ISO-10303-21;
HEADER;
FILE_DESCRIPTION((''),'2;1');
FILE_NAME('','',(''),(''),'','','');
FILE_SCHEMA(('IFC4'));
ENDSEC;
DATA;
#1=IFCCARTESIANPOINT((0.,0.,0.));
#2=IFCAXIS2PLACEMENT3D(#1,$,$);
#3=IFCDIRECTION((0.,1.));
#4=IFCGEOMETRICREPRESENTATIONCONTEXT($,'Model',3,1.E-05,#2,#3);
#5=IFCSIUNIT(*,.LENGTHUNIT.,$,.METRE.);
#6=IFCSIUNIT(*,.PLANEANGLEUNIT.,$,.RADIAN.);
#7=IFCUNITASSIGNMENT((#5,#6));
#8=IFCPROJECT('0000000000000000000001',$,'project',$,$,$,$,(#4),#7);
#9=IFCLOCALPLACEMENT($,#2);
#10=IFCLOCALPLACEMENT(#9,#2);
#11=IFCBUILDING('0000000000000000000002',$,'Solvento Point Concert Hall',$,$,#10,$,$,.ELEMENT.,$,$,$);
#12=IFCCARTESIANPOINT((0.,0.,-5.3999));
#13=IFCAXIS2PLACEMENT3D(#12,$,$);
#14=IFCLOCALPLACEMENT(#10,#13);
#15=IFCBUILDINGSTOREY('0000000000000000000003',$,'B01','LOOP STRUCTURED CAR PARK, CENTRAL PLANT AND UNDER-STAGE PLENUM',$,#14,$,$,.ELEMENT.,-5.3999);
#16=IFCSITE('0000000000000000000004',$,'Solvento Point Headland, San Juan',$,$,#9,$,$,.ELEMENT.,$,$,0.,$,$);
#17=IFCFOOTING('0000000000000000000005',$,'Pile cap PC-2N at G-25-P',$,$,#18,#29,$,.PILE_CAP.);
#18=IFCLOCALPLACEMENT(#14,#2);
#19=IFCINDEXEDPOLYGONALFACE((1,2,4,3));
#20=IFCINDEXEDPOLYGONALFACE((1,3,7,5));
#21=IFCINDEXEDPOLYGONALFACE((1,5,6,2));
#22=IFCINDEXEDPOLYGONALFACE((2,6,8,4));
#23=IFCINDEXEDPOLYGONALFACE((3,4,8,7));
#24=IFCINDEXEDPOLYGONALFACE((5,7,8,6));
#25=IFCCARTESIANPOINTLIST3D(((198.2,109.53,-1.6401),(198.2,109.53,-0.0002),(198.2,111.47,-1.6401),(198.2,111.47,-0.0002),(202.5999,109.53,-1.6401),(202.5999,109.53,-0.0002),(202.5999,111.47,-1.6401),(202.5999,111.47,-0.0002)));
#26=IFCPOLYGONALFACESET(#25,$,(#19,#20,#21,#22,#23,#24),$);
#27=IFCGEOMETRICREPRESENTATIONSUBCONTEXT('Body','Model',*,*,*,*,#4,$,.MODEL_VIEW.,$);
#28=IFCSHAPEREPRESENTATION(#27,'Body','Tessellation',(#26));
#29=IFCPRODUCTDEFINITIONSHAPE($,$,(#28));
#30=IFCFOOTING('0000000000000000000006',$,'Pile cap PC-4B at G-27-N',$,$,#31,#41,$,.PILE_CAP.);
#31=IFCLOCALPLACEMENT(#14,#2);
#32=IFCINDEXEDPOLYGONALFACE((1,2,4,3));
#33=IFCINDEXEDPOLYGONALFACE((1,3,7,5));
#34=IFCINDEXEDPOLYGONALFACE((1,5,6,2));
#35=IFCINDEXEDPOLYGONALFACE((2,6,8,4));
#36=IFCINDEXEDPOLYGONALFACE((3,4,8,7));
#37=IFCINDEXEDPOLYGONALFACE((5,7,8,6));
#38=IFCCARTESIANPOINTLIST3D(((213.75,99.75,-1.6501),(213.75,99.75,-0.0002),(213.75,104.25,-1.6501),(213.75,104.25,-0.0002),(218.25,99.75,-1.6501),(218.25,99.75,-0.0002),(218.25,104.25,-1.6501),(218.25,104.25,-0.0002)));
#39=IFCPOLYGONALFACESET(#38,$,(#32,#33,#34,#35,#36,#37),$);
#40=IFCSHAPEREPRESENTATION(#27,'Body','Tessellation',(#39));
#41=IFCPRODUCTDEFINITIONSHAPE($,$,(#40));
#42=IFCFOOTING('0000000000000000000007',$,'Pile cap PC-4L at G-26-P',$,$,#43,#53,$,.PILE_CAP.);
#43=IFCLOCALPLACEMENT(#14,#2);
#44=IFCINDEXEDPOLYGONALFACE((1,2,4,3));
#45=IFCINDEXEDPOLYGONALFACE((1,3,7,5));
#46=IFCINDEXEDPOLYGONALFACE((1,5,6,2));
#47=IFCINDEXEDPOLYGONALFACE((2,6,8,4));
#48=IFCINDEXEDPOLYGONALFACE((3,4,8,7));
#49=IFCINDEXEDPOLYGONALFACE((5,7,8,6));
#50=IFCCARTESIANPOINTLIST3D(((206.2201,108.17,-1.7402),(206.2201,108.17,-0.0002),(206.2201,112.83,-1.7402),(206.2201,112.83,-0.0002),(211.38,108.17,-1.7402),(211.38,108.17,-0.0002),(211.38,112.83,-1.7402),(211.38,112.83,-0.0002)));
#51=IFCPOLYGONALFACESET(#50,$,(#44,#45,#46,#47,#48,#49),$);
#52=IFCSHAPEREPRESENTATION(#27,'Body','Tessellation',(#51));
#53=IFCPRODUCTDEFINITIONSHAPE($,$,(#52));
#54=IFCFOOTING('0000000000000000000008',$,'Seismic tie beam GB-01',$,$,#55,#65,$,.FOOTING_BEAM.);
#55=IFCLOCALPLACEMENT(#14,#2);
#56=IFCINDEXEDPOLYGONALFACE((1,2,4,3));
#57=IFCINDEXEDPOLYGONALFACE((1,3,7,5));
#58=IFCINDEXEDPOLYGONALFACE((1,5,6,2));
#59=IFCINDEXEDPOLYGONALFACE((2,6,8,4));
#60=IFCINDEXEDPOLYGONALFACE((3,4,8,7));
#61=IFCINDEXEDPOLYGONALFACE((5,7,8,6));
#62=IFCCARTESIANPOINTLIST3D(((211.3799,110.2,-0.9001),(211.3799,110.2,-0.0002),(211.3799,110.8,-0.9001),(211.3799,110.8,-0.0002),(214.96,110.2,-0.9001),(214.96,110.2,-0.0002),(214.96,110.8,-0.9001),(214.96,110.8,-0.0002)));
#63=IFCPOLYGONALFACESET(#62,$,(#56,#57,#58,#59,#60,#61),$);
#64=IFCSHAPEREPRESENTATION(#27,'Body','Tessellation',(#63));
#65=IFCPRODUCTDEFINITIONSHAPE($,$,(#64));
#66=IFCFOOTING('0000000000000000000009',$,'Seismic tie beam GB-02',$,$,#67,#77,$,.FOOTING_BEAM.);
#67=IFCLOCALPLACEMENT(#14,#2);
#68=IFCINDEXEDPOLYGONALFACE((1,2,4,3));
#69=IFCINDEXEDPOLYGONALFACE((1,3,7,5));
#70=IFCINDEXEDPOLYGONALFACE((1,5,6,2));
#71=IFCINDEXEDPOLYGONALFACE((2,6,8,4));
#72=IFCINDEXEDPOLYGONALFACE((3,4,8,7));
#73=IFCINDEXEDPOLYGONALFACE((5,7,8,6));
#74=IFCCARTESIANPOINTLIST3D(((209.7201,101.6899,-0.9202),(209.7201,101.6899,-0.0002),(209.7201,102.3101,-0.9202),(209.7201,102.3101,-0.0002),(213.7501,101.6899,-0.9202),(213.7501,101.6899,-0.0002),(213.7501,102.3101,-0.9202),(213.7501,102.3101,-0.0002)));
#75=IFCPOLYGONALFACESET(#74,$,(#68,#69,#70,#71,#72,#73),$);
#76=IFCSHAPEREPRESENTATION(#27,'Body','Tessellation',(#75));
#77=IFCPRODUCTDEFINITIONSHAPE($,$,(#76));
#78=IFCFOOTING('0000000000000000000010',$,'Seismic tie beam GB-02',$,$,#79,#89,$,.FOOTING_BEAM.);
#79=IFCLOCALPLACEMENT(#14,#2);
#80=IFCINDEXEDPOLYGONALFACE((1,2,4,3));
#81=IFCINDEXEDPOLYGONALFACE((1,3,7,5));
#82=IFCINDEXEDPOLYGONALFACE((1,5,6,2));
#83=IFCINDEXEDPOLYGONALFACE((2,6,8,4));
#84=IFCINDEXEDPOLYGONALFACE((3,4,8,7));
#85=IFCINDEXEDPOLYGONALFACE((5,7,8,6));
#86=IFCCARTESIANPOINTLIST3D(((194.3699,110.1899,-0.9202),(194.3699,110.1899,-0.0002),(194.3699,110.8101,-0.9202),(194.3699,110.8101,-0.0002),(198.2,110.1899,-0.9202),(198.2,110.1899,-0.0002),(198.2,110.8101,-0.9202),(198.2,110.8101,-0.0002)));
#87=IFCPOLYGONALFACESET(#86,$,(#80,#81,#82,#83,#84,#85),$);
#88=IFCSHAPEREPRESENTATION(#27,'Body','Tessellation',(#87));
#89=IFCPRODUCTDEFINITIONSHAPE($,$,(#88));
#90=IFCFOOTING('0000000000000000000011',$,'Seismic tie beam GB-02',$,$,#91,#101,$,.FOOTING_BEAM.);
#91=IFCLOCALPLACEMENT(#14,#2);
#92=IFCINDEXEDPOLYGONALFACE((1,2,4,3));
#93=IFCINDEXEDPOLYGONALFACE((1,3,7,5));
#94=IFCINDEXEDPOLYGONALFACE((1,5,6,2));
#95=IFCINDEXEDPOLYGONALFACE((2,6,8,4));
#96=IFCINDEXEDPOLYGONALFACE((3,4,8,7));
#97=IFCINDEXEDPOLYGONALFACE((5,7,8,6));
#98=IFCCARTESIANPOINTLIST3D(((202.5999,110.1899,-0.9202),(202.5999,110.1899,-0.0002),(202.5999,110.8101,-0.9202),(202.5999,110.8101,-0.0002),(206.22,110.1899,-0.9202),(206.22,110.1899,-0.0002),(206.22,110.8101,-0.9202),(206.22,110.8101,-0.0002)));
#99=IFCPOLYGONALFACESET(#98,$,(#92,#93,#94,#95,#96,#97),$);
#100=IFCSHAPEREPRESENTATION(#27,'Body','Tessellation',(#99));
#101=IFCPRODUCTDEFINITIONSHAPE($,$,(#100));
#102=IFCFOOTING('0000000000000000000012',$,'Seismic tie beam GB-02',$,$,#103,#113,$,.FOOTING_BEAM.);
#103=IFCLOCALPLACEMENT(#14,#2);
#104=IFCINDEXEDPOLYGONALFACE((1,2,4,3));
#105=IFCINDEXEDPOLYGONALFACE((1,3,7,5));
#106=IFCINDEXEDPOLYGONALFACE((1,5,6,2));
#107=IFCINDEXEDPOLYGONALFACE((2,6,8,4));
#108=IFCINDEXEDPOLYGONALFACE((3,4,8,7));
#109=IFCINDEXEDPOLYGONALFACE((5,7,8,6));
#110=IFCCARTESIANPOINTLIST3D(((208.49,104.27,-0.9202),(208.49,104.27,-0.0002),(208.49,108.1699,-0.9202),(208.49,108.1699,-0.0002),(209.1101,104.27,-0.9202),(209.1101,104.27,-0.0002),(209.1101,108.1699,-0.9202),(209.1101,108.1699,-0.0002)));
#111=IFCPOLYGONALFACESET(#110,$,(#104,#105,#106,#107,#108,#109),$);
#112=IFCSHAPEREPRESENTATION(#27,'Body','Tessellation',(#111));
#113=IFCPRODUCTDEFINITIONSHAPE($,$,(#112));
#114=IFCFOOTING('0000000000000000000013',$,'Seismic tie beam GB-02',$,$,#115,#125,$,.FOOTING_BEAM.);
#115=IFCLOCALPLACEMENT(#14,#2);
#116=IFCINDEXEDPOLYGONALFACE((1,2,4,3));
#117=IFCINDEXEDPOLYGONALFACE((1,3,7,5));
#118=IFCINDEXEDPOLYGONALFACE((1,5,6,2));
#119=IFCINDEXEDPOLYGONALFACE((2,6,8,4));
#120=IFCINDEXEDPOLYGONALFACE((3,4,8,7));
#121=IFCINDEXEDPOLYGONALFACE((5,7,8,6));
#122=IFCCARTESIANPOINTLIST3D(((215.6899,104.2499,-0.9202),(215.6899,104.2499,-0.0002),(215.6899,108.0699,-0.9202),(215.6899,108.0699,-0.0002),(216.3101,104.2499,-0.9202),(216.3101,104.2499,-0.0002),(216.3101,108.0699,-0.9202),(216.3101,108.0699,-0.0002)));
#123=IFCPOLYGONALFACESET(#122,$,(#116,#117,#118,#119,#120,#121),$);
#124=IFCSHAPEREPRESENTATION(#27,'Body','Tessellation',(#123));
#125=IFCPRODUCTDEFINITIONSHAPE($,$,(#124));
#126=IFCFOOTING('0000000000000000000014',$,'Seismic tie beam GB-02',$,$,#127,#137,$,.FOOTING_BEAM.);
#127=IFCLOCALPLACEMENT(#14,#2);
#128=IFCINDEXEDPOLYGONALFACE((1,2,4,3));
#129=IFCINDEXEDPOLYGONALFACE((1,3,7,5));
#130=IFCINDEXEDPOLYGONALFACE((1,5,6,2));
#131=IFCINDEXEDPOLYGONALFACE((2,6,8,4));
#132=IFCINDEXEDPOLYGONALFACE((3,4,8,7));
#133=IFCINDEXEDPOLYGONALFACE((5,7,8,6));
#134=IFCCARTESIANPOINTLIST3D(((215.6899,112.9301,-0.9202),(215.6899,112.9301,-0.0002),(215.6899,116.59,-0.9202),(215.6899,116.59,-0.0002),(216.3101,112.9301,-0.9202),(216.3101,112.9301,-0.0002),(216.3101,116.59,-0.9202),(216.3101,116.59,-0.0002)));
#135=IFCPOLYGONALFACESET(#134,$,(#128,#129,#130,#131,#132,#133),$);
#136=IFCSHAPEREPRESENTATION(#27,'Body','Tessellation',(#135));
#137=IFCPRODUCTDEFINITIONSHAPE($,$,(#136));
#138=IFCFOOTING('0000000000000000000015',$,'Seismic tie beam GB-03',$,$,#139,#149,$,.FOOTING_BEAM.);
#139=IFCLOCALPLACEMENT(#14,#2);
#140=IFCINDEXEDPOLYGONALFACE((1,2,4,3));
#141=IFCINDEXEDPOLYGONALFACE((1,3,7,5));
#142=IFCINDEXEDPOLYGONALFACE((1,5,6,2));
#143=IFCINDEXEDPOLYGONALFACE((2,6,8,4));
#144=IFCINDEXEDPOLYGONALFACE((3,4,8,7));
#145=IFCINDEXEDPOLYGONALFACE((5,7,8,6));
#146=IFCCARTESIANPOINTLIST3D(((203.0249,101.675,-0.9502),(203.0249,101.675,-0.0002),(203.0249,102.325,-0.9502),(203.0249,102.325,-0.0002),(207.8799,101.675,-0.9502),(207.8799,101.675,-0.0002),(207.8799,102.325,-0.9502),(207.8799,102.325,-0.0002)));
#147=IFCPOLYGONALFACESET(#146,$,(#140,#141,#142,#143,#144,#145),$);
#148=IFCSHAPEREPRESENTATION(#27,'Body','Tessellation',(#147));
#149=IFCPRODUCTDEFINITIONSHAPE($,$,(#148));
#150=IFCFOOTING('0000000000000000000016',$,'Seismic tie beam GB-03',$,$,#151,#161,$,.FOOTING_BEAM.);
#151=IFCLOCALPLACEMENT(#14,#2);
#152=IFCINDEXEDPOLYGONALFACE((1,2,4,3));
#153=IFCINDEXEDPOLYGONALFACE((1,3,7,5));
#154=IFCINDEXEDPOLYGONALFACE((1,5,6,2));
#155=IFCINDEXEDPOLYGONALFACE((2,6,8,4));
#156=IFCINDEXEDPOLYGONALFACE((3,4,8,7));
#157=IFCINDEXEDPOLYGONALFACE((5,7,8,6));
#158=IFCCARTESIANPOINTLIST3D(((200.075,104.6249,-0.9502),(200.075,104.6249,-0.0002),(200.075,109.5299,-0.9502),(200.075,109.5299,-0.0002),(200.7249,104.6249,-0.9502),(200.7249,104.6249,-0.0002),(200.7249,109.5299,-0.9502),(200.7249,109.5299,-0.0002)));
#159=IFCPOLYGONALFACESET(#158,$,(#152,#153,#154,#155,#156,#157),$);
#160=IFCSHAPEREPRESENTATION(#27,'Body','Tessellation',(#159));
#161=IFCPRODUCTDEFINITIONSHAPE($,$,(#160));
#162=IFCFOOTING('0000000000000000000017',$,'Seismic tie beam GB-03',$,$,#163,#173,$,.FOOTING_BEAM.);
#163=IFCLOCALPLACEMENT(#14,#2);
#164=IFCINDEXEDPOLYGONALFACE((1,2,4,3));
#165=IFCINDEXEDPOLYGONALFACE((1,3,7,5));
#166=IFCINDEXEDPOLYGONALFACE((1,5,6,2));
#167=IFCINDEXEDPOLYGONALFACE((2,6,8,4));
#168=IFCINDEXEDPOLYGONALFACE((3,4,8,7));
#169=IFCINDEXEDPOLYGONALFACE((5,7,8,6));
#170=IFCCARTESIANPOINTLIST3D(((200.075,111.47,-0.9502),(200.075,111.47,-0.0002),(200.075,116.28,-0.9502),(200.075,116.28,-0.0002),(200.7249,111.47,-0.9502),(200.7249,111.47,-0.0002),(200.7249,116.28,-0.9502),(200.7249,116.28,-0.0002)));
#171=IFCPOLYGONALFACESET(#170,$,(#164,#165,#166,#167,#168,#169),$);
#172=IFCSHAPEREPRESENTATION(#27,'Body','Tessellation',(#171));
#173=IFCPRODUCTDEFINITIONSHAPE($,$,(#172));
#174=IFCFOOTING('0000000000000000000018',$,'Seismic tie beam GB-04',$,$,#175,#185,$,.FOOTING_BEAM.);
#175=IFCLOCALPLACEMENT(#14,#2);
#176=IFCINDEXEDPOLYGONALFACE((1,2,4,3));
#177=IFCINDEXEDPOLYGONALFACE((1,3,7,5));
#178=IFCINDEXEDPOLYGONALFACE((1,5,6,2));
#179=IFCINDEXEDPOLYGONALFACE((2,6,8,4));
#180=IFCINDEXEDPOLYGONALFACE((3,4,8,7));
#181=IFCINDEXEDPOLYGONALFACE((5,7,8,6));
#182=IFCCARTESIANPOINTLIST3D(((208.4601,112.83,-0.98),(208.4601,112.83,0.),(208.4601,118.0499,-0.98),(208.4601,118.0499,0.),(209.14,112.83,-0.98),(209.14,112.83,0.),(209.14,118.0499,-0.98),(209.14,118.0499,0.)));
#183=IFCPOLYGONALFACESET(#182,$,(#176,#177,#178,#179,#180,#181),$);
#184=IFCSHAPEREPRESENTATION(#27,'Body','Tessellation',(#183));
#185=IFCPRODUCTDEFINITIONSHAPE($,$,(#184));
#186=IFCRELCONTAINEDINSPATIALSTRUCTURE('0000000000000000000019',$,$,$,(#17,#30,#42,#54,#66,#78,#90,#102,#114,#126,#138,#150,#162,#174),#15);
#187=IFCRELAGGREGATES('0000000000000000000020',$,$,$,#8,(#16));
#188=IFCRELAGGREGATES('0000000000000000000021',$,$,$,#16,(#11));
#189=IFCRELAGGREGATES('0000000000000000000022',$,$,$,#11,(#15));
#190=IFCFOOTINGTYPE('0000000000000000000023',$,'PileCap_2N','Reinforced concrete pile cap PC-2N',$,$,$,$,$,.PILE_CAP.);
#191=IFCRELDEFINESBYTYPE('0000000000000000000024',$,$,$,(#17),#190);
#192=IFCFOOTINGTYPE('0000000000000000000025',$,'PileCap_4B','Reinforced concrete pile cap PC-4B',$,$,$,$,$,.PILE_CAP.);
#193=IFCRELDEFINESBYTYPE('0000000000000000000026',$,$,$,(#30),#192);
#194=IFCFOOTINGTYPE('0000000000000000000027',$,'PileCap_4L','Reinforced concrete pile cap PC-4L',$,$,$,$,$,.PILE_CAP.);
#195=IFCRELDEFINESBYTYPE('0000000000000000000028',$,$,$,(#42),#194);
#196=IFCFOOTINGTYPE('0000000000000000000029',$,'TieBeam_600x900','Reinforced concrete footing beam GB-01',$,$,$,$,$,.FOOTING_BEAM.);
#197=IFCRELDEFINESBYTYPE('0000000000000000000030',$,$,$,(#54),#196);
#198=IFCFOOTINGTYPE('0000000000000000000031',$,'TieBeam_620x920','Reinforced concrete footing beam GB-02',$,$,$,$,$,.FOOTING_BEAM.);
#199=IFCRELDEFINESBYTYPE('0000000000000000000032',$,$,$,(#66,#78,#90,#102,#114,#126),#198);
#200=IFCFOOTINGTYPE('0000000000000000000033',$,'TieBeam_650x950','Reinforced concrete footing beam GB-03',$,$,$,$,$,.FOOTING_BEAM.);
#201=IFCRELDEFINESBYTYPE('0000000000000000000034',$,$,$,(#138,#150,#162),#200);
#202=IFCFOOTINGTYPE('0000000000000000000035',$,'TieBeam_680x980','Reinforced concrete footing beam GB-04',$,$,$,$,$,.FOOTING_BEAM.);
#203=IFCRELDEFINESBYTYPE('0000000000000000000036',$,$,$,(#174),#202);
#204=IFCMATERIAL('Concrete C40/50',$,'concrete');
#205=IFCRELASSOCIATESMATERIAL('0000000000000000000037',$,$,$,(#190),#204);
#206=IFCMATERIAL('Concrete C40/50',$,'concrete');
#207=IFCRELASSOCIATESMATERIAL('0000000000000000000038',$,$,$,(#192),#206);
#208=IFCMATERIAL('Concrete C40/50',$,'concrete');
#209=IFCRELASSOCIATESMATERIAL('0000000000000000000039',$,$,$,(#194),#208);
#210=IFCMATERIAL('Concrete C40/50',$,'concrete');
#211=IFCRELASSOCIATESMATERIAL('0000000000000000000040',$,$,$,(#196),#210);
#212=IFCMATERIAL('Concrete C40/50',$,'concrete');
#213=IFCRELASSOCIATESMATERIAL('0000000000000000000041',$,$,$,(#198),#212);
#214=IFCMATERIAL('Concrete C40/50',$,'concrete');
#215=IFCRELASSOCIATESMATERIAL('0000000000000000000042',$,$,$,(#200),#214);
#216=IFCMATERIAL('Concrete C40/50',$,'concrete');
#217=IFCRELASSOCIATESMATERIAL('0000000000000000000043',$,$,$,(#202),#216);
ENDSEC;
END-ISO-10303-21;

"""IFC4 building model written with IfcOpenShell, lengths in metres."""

from ifc_helpers import new_model, si_unit, direction, frame, origin, origin_2d, place, context, subcontext, project, spatial, rectangle, extrude, material, type_object, element, save


model = new_model("IFC4")

# Units and contexts
model_context = context("Model", 3, precision=1e-05, world=origin(), true_north=direction((0.0, 1.0)))
body_context = subcontext(model_context, "Body", "Model", "MODEL_VIEW")
ifc_project = project(units=[si_unit("LENGTHUNIT", "METRE"), si_unit("PLANEANGLEUNIT", "RADIAN")], contexts=[model_context])

# Site, building, storey
site_placement = place(None, origin())
site = spatial("IfcSite", under=ifc_project, at=site_placement, Name="Solvento Point Headland, San Juan", CompositionType="ELEMENT", RefElevation=0.0)
building_placement = place(site_placement, origin())
building = spatial("IfcBuilding", under=site, at=building_placement, Name="Solvento Point Concert Hall", CompositionType="ELEMENT")
storey_placement = place(building_placement, frame((0.0, 0.0, -5.3999)))
storey = spatial("IfcBuildingStorey", under=building, at=storey_placement, Name="B01", Description="LOOP STRUCTURED CAR PARK, CENTRAL PLANT AND UNDER-STAGE PLENUM", CompositionType="ELEMENT", Elevation=-5.3999)

# Footings
ifc_material_1 = material(Name="Concrete C40/50", Category="concrete")
footing_type_1 = type_object("IfcFootingType", Name="PileCap_2N", Description="Reinforced concrete pile cap PC-2N", PredefinedType="PILE_CAP", material=ifc_material_1)
footing_1_placement = place(storey_placement, frame((200.3999, 110.5, -1.6401), z_axis=(0.0, 0.0, 1.0), x_axis=(1.0, 0.0, 0.0)))
element("IfcFooting", 1, at=footing_1_placement, inside=storey, type_object=footing_type_1, Name="Pile cap PC-2N at G-25-P", PredefinedType="PILE_CAP", context=body_context, shape_type="SweptSolid", body=[
    extrude(rectangle(XDim=4.3999, YDim=1.9399, at=origin_2d()), origin(), (0.0, 0.0, 1.0), 1.6399),
])
ifc_material_2 = material(Name="Concrete C40/50", Category="concrete")
footing_type_2 = type_object("IfcFootingType", Name="PileCap_4B", Description="Reinforced concrete pile cap PC-4B", PredefinedType="PILE_CAP", material=ifc_material_2)
footing_2_placement = place(storey_placement, frame((216.0, 102.0, -1.6501), z_axis=(0.0, 0.0, 1.0), x_axis=(1.0, 0.0, 0.0)))
element("IfcFooting", 2, at=footing_2_placement, inside=storey, type_object=footing_type_2, Name="Pile cap PC-4B at G-27-N", PredefinedType="PILE_CAP", context=body_context, shape_type="SweptSolid", body=[
    extrude(rectangle(XDim=4.5, YDim=4.5, at=origin_2d()), origin(), (0.0, 0.0, 1.0), 1.6499),
])
ifc_material_3 = material(Name="Concrete C40/50", Category="concrete")
footing_type_3 = type_object("IfcFootingType", Name="PileCap_4L", Description="Reinforced concrete pile cap PC-4L", PredefinedType="PILE_CAP", material=ifc_material_3)
footing_3_placement = place(storey_placement, frame((208.8, 110.5, -1.7402), z_axis=(0.0, 0.0, 1.0), x_axis=(1.0, 0.0, 0.0)))
element("IfcFooting", 3, at=footing_3_placement, inside=storey, type_object=footing_type_3, Name="Pile cap PC-4L at G-26-P", PredefinedType="PILE_CAP", context=body_context, shape_type="SweptSolid", body=[
    extrude(rectangle(XDim=5.1599, YDim=4.6599, at=origin_2d()), origin(), (0.0, 0.0, 1.0), 1.74),
])
ifc_material_4 = material(Name="Concrete C40/50", Category="concrete")
footing_type_4 = type_object("IfcFootingType", Name="TieBeam_600x900", Description="Reinforced concrete footing beam GB-01", PredefinedType="FOOTING_BEAM", material=ifc_material_4)
footing_4_placement = place(storey_placement, frame((213.1699, 110.5, -0.9001), z_axis=(0.0, 0.0, 1.0), x_axis=(1.0, 0.0, 0.0)))
element("IfcFooting", 4, at=footing_4_placement, inside=storey, type_object=footing_type_4, Name="Seismic tie beam GB-01", PredefinedType="FOOTING_BEAM", context=body_context, shape_type="SweptSolid", body=[
    extrude(rectangle(XDim=3.5801, YDim=0.6001, at=origin_2d()), origin(), (0.0, 0.0, 1.0), 0.8999),
])
ifc_material_5 = material(Name="Concrete C40/50", Category="concrete")
footing_type_5 = type_object("IfcFootingType", Name="TieBeam_620x920", Description="Reinforced concrete footing beam GB-02", PredefinedType="FOOTING_BEAM", material=ifc_material_5)
footing_5_placement = place(storey_placement, frame((211.7351, 102.0, -0.9202), z_axis=(0.0, 0.0, 1.0), x_axis=(1.0, 0.0, 0.0)))
element("IfcFooting", 5, at=footing_5_placement, inside=storey, type_object=footing_type_5, Name="Seismic tie beam GB-02", PredefinedType="FOOTING_BEAM", context=body_context, shape_type="SweptSolid", body=[
    extrude(rectangle(XDim=4.03, YDim=0.6201, at=origin_2d()), origin(), (0.0, 0.0, 1.0), 0.9199),
])
footing_6_placement = place(storey_placement, frame((196.2849, 110.5, -0.9202), z_axis=(0.0, 0.0, 1.0), x_axis=(1.0, 0.0, 0.0)))
element("IfcFooting", 6, at=footing_6_placement, inside=storey, type_object=footing_type_5, Name="Seismic tie beam GB-02", PredefinedType="FOOTING_BEAM", context=body_context, shape_type="SweptSolid", body=[
    extrude(rectangle(XDim=3.8301, YDim=0.6201, at=origin_2d()), origin(), (0.0, 0.0, 1.0), 0.9199),
])
footing_7_placement = place(storey_placement, frame((204.4099, 110.5, -0.9202), z_axis=(0.0, 0.0, 1.0), x_axis=(1.0, 0.0, 0.0)))
element("IfcFooting", 7, at=footing_7_placement, inside=storey, type_object=footing_type_5, Name="Seismic tie beam GB-02", PredefinedType="FOOTING_BEAM", context=body_context, shape_type="SweptSolid", body=[
    extrude(rectangle(XDim=3.6201, YDim=0.6201, at=origin_2d()), origin(), (0.0, 0.0, 1.0), 0.9199),
])
footing_8_placement = place(storey_placement, frame((208.8, 106.22, -0.9202), z_axis=(0.0, 0.0, 1.0), x_axis=(0.0, 1.0, 0.0)))
element("IfcFooting", 8, at=footing_8_placement, inside=storey, type_object=footing_type_5, Name="Seismic tie beam GB-02", PredefinedType="FOOTING_BEAM", context=body_context, shape_type="SweptSolid", body=[
    extrude(rectangle(XDim=3.8999, YDim=0.6201, at=origin_2d()), origin(), (0.0, 0.0, 1.0), 0.9199),
])
footing_9_placement = place(storey_placement, frame((216.0, 106.1599, -0.9202), z_axis=(0.0, 0.0, 1.0), x_axis=(0.0, 1.0, 0.0)))
element("IfcFooting", 9, at=footing_9_placement, inside=storey, type_object=footing_type_5, Name="Seismic tie beam GB-02", PredefinedType="FOOTING_BEAM", context=body_context, shape_type="SweptSolid", body=[
    extrude(rectangle(XDim=3.8201, YDim=0.6201, at=origin_2d()), origin(), (0.0, 0.0, 1.0), 0.9199),
])
footing_10_placement = place(storey_placement, frame((216.0, 114.76, -0.9202), z_axis=(0.0, 0.0, 1.0), x_axis=(0.0, 1.0, 0.0)))
element("IfcFooting", 10, at=footing_10_placement, inside=storey, type_object=footing_type_5, Name="Seismic tie beam GB-02", PredefinedType="FOOTING_BEAM", context=body_context, shape_type="SweptSolid", body=[
    extrude(rectangle(XDim=3.6599, YDim=0.6201, at=origin_2d()), origin(), (0.0, 0.0, 1.0), 0.9199),
])
ifc_material_6 = material(Name="Concrete C40/50", Category="concrete")
footing_type_6 = type_object("IfcFootingType", Name="TieBeam_650x950", Description="Reinforced concrete footing beam GB-03", PredefinedType="FOOTING_BEAM", material=ifc_material_6)
footing_11_placement = place(storey_placement, frame((205.4524, 102.0, -0.9502), z_axis=(0.0, 0.0, 1.0), x_axis=(1.0, 0.0, 0.0)))
element("IfcFooting", 11, at=footing_11_placement, inside=storey, type_object=footing_type_6, Name="Seismic tie beam GB-03", PredefinedType="FOOTING_BEAM", context=body_context, shape_type="SweptSolid", body=[
    extrude(rectangle(XDim=4.855, YDim=0.6499, at=origin_2d()), origin(), (0.0, 0.0, 1.0), 0.95),
])
footing_12_placement = place(storey_placement, frame((200.3999, 107.0774, -0.9502), z_axis=(0.0, 0.0, 1.0), x_axis=(0.0, 1.0, 0.0)))
element("IfcFooting", 12, at=footing_12_placement, inside=storey, type_object=footing_type_6, Name="Seismic tie beam GB-03", PredefinedType="FOOTING_BEAM", context=body_context, shape_type="SweptSolid", body=[
    extrude(rectangle(XDim=4.905, YDim=0.6499, at=origin_2d()), origin(), (0.0, 0.0, 1.0), 0.95),
])
footing_13_placement = place(storey_placement, frame((200.3999, 113.875, -0.9502), z_axis=(0.0, 0.0, 1.0), x_axis=(0.0, 1.0, 0.0)))
element("IfcFooting", 13, at=footing_13_placement, inside=storey, type_object=footing_type_6, Name="Seismic tie beam GB-03", PredefinedType="FOOTING_BEAM", context=body_context, shape_type="SweptSolid", body=[
    extrude(rectangle(XDim=4.8101, YDim=0.6499, at=origin_2d()), origin(), (0.0, 0.0, 1.0), 0.95),
])
ifc_material_7 = material(Name="Concrete C40/50", Category="concrete")
footing_type_7 = type_object("IfcFootingType", Name="TieBeam_680x980", Description="Reinforced concrete footing beam GB-04", PredefinedType="FOOTING_BEAM", material=ifc_material_7)
footing_14_placement = place(storey_placement, frame((208.8, 115.4399, -0.98), z_axis=(0.0, 0.0, 1.0), x_axis=(0.0, 1.0, 0.0)))
element("IfcFooting", 14, at=footing_14_placement, inside=storey, type_object=footing_type_7, Name="Seismic tie beam GB-04", PredefinedType="FOOTING_BEAM", context=body_context, shape_type="SweptSolid", body=[
    extrude(rectangle(XDim=5.22, YDim=0.6799, at=origin_2d()), origin(), (0.0, 0.0, 1.0), 0.98),
])

save(model, "model.ifc")
